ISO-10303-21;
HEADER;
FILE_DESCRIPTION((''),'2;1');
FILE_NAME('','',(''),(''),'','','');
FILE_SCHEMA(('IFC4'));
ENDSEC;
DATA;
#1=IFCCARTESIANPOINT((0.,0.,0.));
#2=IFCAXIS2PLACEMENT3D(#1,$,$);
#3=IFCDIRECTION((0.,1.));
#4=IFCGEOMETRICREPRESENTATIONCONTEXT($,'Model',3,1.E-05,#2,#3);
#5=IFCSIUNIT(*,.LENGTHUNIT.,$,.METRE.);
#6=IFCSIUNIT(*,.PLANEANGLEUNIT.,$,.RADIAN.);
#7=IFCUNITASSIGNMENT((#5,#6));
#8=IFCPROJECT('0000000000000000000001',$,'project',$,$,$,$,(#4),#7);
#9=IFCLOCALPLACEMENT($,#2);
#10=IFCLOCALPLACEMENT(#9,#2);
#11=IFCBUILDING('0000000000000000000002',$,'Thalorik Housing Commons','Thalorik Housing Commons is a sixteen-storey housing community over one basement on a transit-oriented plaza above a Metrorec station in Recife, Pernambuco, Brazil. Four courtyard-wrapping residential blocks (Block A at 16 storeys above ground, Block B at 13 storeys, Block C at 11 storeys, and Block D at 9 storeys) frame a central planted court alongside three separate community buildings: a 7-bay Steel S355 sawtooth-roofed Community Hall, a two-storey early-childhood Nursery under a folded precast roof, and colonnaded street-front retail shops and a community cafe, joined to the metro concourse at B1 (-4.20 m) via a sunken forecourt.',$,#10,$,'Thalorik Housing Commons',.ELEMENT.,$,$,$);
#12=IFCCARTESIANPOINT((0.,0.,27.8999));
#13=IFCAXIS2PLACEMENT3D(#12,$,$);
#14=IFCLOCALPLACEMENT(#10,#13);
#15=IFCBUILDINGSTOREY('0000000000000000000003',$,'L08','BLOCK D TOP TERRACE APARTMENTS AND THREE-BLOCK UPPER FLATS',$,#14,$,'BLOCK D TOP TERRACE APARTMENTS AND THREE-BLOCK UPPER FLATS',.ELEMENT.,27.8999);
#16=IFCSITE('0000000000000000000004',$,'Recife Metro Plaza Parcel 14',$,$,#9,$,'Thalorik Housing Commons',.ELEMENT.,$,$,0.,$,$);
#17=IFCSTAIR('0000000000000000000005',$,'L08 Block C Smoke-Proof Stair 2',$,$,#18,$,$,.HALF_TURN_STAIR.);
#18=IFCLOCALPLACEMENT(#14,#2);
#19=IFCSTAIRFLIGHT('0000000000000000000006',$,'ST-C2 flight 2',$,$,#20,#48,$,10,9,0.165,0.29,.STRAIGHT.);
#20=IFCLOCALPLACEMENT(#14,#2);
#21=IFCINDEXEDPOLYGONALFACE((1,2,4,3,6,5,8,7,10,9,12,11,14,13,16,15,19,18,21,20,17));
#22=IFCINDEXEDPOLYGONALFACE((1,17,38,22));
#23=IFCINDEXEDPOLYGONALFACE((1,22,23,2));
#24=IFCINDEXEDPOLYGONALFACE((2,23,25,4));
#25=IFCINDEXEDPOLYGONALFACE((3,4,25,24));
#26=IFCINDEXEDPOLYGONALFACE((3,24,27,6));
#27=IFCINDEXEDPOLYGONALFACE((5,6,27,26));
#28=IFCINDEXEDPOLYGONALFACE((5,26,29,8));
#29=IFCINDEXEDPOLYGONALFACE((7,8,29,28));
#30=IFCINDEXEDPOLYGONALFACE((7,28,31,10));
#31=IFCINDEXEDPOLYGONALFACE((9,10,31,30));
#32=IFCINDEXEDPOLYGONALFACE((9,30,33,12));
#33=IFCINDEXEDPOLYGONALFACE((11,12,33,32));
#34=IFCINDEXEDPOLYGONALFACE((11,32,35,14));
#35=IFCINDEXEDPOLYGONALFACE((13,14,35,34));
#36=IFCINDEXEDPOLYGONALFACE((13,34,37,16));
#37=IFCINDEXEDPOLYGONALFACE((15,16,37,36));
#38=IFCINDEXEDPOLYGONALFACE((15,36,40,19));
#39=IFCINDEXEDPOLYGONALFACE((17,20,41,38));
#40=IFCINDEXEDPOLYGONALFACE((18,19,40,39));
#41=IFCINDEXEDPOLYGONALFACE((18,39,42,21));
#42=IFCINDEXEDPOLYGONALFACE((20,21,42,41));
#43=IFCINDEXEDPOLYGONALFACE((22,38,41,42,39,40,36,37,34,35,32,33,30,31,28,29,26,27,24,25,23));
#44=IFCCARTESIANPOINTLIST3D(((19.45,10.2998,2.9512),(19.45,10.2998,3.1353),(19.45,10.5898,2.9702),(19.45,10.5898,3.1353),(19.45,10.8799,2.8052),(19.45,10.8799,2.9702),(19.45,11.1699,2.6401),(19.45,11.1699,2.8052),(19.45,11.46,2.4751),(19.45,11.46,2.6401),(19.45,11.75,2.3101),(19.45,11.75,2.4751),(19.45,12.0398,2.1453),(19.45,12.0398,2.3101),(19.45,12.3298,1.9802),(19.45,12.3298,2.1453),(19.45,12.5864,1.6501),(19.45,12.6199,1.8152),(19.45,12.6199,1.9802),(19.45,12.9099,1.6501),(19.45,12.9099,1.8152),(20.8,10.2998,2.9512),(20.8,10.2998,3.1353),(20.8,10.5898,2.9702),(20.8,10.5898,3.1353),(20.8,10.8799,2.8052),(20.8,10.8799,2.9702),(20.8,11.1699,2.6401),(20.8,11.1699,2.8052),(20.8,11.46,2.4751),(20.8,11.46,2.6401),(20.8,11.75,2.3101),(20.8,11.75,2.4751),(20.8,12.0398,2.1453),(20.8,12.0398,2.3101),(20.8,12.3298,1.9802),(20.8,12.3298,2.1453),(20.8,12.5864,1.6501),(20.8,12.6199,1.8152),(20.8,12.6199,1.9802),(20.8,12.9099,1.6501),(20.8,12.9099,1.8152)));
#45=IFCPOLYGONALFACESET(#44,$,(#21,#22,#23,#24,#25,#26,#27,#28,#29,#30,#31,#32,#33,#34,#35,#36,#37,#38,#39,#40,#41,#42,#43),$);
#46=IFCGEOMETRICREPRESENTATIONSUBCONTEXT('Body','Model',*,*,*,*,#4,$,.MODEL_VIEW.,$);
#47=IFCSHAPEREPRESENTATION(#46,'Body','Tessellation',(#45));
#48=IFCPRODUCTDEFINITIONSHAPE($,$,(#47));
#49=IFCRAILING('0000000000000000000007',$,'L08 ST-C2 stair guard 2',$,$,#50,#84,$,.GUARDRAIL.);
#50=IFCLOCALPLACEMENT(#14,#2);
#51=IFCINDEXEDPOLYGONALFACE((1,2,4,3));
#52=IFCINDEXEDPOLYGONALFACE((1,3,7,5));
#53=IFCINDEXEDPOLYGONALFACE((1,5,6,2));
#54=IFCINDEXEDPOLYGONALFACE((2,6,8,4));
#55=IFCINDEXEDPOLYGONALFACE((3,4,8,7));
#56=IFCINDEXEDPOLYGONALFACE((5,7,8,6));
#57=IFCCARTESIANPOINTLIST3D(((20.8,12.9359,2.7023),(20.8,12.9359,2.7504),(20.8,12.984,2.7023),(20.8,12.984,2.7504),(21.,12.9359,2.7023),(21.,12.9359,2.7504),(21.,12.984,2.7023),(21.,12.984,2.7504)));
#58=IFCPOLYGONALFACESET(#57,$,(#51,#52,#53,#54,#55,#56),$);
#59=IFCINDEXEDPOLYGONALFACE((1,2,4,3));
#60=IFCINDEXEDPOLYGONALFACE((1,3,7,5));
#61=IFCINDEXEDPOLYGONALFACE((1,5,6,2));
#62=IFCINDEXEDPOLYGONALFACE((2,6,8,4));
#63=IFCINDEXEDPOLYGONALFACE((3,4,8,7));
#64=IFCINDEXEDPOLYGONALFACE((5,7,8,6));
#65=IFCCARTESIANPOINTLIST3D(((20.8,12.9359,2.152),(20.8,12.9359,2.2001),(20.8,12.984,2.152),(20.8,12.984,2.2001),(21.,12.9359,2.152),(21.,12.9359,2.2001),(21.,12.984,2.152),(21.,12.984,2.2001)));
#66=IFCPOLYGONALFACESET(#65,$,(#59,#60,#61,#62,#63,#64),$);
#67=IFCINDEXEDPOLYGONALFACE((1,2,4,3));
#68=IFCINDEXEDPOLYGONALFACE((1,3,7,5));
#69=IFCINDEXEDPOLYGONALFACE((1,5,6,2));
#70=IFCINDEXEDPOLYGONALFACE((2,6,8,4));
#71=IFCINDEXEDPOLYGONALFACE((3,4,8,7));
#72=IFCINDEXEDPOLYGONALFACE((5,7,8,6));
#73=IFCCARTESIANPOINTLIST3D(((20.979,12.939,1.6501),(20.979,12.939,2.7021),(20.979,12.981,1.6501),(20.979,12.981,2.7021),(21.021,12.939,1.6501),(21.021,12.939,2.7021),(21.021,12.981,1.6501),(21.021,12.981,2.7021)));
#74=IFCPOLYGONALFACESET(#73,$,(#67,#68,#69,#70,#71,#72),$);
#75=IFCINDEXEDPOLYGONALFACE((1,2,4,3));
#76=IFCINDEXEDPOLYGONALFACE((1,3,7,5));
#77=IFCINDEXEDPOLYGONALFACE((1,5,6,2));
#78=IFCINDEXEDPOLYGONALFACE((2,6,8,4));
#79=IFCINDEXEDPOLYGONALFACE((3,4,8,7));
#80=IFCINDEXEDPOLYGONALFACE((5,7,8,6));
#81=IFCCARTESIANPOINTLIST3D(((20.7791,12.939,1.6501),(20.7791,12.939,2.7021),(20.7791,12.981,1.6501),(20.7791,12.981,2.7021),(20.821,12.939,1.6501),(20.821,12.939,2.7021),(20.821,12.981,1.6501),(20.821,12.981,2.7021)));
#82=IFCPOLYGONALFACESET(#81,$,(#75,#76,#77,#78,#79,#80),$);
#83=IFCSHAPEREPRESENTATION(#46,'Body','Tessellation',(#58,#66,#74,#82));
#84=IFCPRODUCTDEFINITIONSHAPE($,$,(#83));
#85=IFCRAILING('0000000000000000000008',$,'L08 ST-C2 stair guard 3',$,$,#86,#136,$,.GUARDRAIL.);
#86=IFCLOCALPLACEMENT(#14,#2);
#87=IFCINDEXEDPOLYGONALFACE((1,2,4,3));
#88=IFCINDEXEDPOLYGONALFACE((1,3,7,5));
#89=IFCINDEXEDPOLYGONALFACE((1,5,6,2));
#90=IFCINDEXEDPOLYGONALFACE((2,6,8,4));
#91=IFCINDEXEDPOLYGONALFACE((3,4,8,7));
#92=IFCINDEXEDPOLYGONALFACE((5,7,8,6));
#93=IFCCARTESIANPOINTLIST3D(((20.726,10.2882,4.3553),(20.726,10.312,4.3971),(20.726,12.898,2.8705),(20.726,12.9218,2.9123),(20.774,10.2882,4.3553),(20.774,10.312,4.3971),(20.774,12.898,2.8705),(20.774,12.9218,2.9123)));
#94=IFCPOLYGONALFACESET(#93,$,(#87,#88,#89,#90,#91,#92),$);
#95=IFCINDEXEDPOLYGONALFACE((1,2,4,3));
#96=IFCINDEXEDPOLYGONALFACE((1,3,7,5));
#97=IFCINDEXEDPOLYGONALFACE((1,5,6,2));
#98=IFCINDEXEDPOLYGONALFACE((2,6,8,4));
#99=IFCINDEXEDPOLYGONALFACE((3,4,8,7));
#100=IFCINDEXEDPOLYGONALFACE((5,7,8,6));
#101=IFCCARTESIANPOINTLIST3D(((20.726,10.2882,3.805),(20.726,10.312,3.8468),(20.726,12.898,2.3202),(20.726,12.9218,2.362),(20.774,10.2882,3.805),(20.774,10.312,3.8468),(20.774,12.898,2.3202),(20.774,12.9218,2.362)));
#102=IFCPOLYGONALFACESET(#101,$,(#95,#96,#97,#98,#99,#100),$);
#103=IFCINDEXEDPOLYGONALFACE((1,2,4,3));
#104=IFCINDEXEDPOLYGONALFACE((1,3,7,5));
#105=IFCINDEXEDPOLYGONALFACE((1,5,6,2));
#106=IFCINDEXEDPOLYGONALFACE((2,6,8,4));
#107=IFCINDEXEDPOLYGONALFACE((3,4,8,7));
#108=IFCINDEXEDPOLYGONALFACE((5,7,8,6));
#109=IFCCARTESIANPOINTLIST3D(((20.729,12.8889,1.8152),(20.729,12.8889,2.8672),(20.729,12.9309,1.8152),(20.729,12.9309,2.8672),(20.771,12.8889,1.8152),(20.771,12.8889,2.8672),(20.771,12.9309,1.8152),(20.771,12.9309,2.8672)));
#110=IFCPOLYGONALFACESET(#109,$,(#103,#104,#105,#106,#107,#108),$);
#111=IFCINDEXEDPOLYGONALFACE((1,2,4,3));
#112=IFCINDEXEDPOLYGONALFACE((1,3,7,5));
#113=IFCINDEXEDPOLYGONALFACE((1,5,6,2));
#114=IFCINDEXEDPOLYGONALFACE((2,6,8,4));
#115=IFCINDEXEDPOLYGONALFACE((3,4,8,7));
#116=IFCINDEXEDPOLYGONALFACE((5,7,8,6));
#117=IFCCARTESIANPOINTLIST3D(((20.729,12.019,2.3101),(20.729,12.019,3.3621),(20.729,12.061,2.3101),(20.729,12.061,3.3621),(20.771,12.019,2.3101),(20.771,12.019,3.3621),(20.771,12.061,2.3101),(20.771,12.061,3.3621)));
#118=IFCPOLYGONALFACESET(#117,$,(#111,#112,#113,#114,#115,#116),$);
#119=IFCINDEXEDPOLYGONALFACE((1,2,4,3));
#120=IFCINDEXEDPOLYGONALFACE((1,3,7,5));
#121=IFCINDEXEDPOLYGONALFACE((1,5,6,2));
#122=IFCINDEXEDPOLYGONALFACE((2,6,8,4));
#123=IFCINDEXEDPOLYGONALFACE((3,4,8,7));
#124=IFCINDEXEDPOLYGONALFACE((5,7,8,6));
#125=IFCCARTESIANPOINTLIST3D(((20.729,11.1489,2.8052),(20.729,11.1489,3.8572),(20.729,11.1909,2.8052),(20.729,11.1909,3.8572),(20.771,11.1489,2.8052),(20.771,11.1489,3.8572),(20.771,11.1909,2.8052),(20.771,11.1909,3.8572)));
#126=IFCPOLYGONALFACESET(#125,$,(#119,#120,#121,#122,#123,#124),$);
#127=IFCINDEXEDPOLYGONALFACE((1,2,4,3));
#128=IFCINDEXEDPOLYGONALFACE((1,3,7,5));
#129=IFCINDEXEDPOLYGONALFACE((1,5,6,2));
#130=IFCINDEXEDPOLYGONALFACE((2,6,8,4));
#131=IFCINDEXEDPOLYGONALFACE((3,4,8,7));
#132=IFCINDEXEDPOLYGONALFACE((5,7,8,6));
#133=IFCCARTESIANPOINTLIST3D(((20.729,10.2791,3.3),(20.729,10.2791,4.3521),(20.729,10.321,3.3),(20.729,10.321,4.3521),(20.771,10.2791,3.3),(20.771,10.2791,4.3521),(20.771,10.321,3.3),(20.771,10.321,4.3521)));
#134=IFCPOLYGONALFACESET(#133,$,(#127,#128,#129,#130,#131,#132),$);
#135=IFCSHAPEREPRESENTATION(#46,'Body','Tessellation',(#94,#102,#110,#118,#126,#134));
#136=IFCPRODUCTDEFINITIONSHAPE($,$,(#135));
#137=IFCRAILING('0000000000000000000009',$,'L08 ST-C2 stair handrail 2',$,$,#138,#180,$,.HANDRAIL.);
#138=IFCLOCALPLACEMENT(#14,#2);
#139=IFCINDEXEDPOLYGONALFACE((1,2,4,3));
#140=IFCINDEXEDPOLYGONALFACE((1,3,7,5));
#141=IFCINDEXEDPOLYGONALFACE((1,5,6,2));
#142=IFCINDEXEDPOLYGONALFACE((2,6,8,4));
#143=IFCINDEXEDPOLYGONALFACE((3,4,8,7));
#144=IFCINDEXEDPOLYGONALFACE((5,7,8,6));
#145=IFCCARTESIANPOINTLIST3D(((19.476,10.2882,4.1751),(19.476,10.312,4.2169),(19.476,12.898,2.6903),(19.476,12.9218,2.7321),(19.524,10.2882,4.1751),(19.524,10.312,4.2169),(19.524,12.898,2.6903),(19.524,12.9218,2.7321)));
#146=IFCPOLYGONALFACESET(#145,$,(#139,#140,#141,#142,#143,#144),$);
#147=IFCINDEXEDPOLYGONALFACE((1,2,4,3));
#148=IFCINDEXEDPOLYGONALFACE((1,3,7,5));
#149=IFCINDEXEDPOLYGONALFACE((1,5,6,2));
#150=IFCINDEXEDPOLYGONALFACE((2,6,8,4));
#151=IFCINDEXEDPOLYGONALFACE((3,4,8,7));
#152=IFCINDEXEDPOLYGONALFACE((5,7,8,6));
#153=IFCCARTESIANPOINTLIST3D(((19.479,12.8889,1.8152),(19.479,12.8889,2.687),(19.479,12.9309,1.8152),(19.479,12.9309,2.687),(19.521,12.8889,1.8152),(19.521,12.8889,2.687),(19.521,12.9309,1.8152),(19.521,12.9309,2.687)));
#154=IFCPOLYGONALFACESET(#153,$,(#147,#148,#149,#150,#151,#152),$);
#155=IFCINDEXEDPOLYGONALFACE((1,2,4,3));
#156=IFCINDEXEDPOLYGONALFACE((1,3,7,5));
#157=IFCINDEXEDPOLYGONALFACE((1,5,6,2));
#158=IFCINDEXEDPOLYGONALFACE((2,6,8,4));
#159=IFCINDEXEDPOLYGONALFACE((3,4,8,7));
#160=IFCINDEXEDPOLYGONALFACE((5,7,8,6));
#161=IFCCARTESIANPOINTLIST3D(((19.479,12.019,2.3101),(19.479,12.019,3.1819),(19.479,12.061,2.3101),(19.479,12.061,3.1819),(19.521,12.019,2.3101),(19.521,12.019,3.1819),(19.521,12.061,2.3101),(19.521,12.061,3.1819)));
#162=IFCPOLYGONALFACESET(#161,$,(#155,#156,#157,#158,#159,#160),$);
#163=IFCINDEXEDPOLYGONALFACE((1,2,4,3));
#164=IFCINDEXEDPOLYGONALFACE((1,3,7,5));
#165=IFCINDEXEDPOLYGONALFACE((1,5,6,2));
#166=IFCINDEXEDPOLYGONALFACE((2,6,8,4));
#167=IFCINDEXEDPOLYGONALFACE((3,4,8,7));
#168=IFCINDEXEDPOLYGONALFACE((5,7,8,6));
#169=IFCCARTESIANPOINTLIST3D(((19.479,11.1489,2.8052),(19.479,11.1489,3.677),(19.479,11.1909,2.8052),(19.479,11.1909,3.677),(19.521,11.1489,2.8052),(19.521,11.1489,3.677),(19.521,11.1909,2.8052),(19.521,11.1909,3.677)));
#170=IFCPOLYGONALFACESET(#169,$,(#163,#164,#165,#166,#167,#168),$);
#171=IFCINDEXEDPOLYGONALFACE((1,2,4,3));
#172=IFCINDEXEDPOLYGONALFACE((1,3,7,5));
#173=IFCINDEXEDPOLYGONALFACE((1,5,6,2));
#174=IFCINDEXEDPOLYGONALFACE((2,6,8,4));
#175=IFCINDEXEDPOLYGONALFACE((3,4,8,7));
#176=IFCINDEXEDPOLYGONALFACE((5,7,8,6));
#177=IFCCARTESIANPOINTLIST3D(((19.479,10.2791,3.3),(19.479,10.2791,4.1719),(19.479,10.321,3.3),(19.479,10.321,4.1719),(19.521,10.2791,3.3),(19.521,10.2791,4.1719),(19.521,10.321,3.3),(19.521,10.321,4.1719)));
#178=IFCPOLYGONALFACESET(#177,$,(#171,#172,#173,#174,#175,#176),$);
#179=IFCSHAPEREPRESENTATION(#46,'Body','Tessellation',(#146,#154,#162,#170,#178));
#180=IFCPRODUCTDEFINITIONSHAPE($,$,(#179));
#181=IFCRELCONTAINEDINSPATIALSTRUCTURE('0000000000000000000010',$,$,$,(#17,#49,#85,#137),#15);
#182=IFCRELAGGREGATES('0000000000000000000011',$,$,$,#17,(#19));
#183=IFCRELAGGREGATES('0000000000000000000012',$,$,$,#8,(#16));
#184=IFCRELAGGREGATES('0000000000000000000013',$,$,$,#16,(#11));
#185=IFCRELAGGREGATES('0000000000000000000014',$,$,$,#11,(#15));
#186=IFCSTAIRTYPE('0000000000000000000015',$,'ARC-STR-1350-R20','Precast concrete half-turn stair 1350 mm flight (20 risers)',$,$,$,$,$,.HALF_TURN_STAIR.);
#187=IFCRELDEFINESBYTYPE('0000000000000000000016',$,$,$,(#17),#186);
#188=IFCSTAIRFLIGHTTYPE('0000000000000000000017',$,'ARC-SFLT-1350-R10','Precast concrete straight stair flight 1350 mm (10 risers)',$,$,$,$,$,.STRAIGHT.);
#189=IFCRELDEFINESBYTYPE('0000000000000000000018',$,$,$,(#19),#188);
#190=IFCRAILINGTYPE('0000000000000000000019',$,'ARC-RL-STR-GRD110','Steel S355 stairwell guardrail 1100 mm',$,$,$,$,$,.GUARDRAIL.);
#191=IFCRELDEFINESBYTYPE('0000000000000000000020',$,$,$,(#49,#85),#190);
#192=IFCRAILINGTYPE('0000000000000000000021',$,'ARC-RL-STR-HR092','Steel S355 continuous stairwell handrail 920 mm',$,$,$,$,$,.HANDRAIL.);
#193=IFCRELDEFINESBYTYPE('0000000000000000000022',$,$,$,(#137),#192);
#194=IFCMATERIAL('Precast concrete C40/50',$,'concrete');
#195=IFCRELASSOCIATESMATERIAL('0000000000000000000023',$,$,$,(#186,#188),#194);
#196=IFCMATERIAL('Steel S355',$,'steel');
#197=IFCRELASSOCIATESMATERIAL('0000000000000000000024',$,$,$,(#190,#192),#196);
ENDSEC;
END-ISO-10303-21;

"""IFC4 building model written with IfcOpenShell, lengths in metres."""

from ifc_helpers import new_model, si_unit, direction, frame, origin, origin_2d, place, context, subcontext, project, spatial, polyline, rectangle, outline, extrude, material, type_object, element, aggregate, save


model = new_model("IFC4")

# Units and contexts
model_context = context("Model", 3, precision=1e-05, world=origin(), true_north=direction((0.0, 1.0)))
body_context = subcontext(model_context, "Body", "Model", "MODEL_VIEW")
ifc_project = project(units=[si_unit("LENGTHUNIT", "METRE"), si_unit("PLANEANGLEUNIT", "RADIAN")], contexts=[model_context])

# Site, building, storey
site_placement = place(None, origin())
site = spatial("IfcSite", under=ifc_project, at=site_placement, Name="Recife Metro Plaza Parcel 14", LongName="Thalorik Housing Commons", CompositionType="ELEMENT", RefElevation=0.0)
building_placement = place(site_placement, origin())
building = spatial("IfcBuilding", under=site, at=building_placement, Name="Thalorik Housing Commons", Description="Thalorik Housing Commons is a sixteen-storey housing community over one basement on a transit-oriented plaza above a Metrorec station in Recife, Pernambuco, Brazil. Four courtyard-wrapping residential blocks (Block A at 16 storeys above ground, Block B at 13 storeys, Block C at 11 storeys, and Block D at 9 storeys) frame a central planted court alongside three separate community buildings: a 7-bay Steel S355 sawtooth-roofed Community Hall, a two-storey early-childhood Nursery under a folded precast roof, and colonnaded street-front retail shops and a community cafe, joined to the metro concourse at B1 (-4.20 m) via a sunken forecourt.", LongName="Thalorik Housing Commons", CompositionType="ELEMENT")
storey_placement = place(building_placement, frame((0.0, 0.0, 27.8999)))
storey = spatial("IfcBuildingStorey", under=building, at=storey_placement, Name="L08", Description="BLOCK D TOP TERRACE APARTMENTS AND THREE-BLOCK UPPER FLATS", LongName="BLOCK D TOP TERRACE APARTMENTS AND THREE-BLOCK UPPER FLATS", CompositionType="ELEMENT", Elevation=27.8999)

# Shared definitions
ifc_material_1 = material(Name="Precast concrete C40/50", Category="concrete")

# Shared definitions
ifc_material_2 = material(Name="Steel S355", Category="steel")

# Stair, stair flight
stair_type = type_object("IfcStairType", Name="ARC-STR-1350-R20", Description="Precast concrete half-turn stair 1350 mm flight (20 risers)", PredefinedType="HALF_TURN_STAIR", material=ifc_material_1)
stair_placement = place(storey_placement, origin())
stair = element("IfcStair", 1, at=stair_placement, inside=storey, type_object=stair_type, Name="L08 Block C Smoke-Proof Stair 2", PredefinedType="HALF_TURN_STAIR")
stair_flight_type = type_object("IfcStairFlightType", Name="ARC-SFLT-1350-R10", Description="Precast concrete straight stair flight 1350 mm (10 risers)", PredefinedType="STRAIGHT", material=ifc_material_1)
stair_flight_placement = place(storey_placement, frame((20.125, 12.9099, 1.6501), z_axis=(0.0, 0.0, 1.0), x_axis=(0.0, -1.0, 0.0)))
stair_flight = element("IfcStairFlight", 2, at=stair_flight_placement, type_object=stair_flight_type, Name="ST-C2 flight 2", NumberOfRisers=10, NumberOfTreads=9, PredefinedType="STRAIGHT", RiserHeight=0.165, TreadLength=0.29, context=body_context, shape_type="SweptSolid", body=[
    extrude(outline(polyline([(0.0, 0.0), (0.0, 0.165), (0.29, 0.165), (0.29, 0.3301), (0.5801, 0.3301), (0.5801, 0.4951), (0.8701, 0.4951), (0.8701, 0.6599), (1.1599, 0.6599), (1.1599, 0.825), (1.45, 0.825), (1.45, 0.99), (1.74, 0.99), (1.74, 1.155), (2.03, 1.155), (2.03, 1.3201), (2.3201, 1.3201), (2.3201, 1.4851), (2.6101, 1.4851), (2.6101, 1.6499), (2.6101, 1.301), (0.3235, 0.0), (0.0, 0.0)])), frame((0.0, 0.675, 0.0), z_axis=(0.0, -1.0, 0.0), x_axis=(1.0, 0.0, 0.0)), (0.0, 0.0, 1.0), 1.3501),
])
aggregate(stair, [stair_flight])

# Railings
railing_type_1 = type_object("IfcRailingType", Name="ARC-RL-STR-GRD110", Description="Steel S355 stairwell guardrail 1100 mm", PredefinedType="GUARDRAIL", material=ifc_material_2)
railing_1_placement = place(storey_placement, frame((21.0, 12.96, 1.6501)))
element("IfcRailing", 3, at=railing_1_placement, inside=storey, type_object=railing_type_1, Name="L08 ST-C2 stair guard 2", PredefinedType="GUARDRAIL", context=body_context, shape_type="SweptSolid", body=[
    extrude(rectangle(XDim=0.0481, YDim=0.0481, at=origin_2d()), frame((0.0, 0.0, 1.0762), z_axis=(-1.0, 0.0, 0.0), x_axis=(0.0, -1.0, 0.0)), (0.0, 0.0, 1.0), 0.2),
    extrude(rectangle(XDim=0.0481, YDim=0.0481, at=origin_2d()), frame((0.0, 0.0, 0.5259), z_axis=(-1.0, 0.0, 0.0), x_axis=(0.0, -1.0, 0.0)), (0.0, 0.0, 1.0), 0.2),
    extrude(rectangle(XDim=0.042, YDim=0.042, at=origin_2d()), origin(), (0.0, 0.0, 1.0), 1.052),
    extrude(rectangle(XDim=0.042, YDim=0.042, at=origin_2d()), frame((-0.2, 0.0, 0.0)), (0.0, 0.0, 1.0), 1.052),
])
railing_2_placement = place(storey_placement, frame((20.75, 12.9099, 1.8152)))
element("IfcRailing", 4, at=railing_2_placement, inside=storey, type_object=railing_type_1, Name="L08 ST-C2 stair guard 3", PredefinedType="GUARDRAIL", context=body_context, shape_type="SweptSolid", body=[
    extrude(rectangle(XDim=0.0481, YDim=0.0481, at=origin_2d()), frame((0.0, 0.0, 1.0762), z_axis=(0.0, -0.869172, 0.494509), x_axis=(1.0, 0.0, 0.0)), (0.0, 0.0, 1.0), 3.0027),
    extrude(rectangle(XDim=0.0481, YDim=0.0481, at=origin_2d()), frame((0.0, 0.0, 0.5259), z_axis=(0.0, -0.869172, 0.494509), x_axis=(1.0, 0.0, 0.0)), (0.0, 0.0, 1.0), 3.0027),
    extrude(rectangle(XDim=0.042, YDim=0.042, at=origin_2d()), origin(), (0.0, 0.0, 1.0), 1.052),
    extrude(rectangle(XDim=0.042, YDim=0.042, at=origin_2d()), frame((0.0, -0.8699, 0.4949)), (0.0, 0.0, 1.0), 1.052),
    extrude(rectangle(XDim=0.042, YDim=0.042, at=origin_2d()), frame((0.0, -1.74, 0.99)), (0.0, 0.0, 1.0), 1.052),
    extrude(rectangle(XDim=0.042, YDim=0.042, at=origin_2d()), frame((0.0, -2.6099, 1.4849)), (0.0, 0.0, 1.0), 1.052),
])
railing_type_2 = type_object("IfcRailingType", Name="ARC-RL-STR-HR092", Description="Steel S355 continuous stairwell handrail 920 mm", PredefinedType="HANDRAIL", material=ifc_material_2)
railing_3_placement = place(storey_placement, frame((19.5, 12.9099, 1.8152)))
element("IfcRailing", 5, at=railing_3_placement, inside=storey, type_object=railing_type_2, Name="L08 ST-C2 stair handrail 2", PredefinedType="HANDRAIL", context=body_context, shape_type="SweptSolid", body=[
    extrude(rectangle(XDim=0.0481, YDim=0.0481, at=origin_2d()), frame((0.0, 0.0, 0.896), z_axis=(0.0, -0.869172, 0.494509), x_axis=(1.0, 0.0, 0.0)), (0.0, 0.0, 1.0), 3.0027),
    extrude(rectangle(XDim=0.042, YDim=0.042, at=origin_2d()), origin(), (0.0, 0.0, 1.0), 0.8718),
    extrude(rectangle(XDim=0.042, YDim=0.042, at=origin_2d()), frame((0.0, -0.8699, 0.4949)), (0.0, 0.0, 1.0), 0.8718),
    extrude(rectangle(XDim=0.042, YDim=0.042, at=origin_2d()), frame((0.0, -1.74, 0.99)), (0.0, 0.0, 1.0), 0.8718),
    extrude(rectangle(XDim=0.042, YDim=0.042, at=origin_2d()), frame((0.0, -2.6099, 1.4849)), (0.0, 0.0, 1.0), 0.8718),
])

save(model, "model.ifc")
